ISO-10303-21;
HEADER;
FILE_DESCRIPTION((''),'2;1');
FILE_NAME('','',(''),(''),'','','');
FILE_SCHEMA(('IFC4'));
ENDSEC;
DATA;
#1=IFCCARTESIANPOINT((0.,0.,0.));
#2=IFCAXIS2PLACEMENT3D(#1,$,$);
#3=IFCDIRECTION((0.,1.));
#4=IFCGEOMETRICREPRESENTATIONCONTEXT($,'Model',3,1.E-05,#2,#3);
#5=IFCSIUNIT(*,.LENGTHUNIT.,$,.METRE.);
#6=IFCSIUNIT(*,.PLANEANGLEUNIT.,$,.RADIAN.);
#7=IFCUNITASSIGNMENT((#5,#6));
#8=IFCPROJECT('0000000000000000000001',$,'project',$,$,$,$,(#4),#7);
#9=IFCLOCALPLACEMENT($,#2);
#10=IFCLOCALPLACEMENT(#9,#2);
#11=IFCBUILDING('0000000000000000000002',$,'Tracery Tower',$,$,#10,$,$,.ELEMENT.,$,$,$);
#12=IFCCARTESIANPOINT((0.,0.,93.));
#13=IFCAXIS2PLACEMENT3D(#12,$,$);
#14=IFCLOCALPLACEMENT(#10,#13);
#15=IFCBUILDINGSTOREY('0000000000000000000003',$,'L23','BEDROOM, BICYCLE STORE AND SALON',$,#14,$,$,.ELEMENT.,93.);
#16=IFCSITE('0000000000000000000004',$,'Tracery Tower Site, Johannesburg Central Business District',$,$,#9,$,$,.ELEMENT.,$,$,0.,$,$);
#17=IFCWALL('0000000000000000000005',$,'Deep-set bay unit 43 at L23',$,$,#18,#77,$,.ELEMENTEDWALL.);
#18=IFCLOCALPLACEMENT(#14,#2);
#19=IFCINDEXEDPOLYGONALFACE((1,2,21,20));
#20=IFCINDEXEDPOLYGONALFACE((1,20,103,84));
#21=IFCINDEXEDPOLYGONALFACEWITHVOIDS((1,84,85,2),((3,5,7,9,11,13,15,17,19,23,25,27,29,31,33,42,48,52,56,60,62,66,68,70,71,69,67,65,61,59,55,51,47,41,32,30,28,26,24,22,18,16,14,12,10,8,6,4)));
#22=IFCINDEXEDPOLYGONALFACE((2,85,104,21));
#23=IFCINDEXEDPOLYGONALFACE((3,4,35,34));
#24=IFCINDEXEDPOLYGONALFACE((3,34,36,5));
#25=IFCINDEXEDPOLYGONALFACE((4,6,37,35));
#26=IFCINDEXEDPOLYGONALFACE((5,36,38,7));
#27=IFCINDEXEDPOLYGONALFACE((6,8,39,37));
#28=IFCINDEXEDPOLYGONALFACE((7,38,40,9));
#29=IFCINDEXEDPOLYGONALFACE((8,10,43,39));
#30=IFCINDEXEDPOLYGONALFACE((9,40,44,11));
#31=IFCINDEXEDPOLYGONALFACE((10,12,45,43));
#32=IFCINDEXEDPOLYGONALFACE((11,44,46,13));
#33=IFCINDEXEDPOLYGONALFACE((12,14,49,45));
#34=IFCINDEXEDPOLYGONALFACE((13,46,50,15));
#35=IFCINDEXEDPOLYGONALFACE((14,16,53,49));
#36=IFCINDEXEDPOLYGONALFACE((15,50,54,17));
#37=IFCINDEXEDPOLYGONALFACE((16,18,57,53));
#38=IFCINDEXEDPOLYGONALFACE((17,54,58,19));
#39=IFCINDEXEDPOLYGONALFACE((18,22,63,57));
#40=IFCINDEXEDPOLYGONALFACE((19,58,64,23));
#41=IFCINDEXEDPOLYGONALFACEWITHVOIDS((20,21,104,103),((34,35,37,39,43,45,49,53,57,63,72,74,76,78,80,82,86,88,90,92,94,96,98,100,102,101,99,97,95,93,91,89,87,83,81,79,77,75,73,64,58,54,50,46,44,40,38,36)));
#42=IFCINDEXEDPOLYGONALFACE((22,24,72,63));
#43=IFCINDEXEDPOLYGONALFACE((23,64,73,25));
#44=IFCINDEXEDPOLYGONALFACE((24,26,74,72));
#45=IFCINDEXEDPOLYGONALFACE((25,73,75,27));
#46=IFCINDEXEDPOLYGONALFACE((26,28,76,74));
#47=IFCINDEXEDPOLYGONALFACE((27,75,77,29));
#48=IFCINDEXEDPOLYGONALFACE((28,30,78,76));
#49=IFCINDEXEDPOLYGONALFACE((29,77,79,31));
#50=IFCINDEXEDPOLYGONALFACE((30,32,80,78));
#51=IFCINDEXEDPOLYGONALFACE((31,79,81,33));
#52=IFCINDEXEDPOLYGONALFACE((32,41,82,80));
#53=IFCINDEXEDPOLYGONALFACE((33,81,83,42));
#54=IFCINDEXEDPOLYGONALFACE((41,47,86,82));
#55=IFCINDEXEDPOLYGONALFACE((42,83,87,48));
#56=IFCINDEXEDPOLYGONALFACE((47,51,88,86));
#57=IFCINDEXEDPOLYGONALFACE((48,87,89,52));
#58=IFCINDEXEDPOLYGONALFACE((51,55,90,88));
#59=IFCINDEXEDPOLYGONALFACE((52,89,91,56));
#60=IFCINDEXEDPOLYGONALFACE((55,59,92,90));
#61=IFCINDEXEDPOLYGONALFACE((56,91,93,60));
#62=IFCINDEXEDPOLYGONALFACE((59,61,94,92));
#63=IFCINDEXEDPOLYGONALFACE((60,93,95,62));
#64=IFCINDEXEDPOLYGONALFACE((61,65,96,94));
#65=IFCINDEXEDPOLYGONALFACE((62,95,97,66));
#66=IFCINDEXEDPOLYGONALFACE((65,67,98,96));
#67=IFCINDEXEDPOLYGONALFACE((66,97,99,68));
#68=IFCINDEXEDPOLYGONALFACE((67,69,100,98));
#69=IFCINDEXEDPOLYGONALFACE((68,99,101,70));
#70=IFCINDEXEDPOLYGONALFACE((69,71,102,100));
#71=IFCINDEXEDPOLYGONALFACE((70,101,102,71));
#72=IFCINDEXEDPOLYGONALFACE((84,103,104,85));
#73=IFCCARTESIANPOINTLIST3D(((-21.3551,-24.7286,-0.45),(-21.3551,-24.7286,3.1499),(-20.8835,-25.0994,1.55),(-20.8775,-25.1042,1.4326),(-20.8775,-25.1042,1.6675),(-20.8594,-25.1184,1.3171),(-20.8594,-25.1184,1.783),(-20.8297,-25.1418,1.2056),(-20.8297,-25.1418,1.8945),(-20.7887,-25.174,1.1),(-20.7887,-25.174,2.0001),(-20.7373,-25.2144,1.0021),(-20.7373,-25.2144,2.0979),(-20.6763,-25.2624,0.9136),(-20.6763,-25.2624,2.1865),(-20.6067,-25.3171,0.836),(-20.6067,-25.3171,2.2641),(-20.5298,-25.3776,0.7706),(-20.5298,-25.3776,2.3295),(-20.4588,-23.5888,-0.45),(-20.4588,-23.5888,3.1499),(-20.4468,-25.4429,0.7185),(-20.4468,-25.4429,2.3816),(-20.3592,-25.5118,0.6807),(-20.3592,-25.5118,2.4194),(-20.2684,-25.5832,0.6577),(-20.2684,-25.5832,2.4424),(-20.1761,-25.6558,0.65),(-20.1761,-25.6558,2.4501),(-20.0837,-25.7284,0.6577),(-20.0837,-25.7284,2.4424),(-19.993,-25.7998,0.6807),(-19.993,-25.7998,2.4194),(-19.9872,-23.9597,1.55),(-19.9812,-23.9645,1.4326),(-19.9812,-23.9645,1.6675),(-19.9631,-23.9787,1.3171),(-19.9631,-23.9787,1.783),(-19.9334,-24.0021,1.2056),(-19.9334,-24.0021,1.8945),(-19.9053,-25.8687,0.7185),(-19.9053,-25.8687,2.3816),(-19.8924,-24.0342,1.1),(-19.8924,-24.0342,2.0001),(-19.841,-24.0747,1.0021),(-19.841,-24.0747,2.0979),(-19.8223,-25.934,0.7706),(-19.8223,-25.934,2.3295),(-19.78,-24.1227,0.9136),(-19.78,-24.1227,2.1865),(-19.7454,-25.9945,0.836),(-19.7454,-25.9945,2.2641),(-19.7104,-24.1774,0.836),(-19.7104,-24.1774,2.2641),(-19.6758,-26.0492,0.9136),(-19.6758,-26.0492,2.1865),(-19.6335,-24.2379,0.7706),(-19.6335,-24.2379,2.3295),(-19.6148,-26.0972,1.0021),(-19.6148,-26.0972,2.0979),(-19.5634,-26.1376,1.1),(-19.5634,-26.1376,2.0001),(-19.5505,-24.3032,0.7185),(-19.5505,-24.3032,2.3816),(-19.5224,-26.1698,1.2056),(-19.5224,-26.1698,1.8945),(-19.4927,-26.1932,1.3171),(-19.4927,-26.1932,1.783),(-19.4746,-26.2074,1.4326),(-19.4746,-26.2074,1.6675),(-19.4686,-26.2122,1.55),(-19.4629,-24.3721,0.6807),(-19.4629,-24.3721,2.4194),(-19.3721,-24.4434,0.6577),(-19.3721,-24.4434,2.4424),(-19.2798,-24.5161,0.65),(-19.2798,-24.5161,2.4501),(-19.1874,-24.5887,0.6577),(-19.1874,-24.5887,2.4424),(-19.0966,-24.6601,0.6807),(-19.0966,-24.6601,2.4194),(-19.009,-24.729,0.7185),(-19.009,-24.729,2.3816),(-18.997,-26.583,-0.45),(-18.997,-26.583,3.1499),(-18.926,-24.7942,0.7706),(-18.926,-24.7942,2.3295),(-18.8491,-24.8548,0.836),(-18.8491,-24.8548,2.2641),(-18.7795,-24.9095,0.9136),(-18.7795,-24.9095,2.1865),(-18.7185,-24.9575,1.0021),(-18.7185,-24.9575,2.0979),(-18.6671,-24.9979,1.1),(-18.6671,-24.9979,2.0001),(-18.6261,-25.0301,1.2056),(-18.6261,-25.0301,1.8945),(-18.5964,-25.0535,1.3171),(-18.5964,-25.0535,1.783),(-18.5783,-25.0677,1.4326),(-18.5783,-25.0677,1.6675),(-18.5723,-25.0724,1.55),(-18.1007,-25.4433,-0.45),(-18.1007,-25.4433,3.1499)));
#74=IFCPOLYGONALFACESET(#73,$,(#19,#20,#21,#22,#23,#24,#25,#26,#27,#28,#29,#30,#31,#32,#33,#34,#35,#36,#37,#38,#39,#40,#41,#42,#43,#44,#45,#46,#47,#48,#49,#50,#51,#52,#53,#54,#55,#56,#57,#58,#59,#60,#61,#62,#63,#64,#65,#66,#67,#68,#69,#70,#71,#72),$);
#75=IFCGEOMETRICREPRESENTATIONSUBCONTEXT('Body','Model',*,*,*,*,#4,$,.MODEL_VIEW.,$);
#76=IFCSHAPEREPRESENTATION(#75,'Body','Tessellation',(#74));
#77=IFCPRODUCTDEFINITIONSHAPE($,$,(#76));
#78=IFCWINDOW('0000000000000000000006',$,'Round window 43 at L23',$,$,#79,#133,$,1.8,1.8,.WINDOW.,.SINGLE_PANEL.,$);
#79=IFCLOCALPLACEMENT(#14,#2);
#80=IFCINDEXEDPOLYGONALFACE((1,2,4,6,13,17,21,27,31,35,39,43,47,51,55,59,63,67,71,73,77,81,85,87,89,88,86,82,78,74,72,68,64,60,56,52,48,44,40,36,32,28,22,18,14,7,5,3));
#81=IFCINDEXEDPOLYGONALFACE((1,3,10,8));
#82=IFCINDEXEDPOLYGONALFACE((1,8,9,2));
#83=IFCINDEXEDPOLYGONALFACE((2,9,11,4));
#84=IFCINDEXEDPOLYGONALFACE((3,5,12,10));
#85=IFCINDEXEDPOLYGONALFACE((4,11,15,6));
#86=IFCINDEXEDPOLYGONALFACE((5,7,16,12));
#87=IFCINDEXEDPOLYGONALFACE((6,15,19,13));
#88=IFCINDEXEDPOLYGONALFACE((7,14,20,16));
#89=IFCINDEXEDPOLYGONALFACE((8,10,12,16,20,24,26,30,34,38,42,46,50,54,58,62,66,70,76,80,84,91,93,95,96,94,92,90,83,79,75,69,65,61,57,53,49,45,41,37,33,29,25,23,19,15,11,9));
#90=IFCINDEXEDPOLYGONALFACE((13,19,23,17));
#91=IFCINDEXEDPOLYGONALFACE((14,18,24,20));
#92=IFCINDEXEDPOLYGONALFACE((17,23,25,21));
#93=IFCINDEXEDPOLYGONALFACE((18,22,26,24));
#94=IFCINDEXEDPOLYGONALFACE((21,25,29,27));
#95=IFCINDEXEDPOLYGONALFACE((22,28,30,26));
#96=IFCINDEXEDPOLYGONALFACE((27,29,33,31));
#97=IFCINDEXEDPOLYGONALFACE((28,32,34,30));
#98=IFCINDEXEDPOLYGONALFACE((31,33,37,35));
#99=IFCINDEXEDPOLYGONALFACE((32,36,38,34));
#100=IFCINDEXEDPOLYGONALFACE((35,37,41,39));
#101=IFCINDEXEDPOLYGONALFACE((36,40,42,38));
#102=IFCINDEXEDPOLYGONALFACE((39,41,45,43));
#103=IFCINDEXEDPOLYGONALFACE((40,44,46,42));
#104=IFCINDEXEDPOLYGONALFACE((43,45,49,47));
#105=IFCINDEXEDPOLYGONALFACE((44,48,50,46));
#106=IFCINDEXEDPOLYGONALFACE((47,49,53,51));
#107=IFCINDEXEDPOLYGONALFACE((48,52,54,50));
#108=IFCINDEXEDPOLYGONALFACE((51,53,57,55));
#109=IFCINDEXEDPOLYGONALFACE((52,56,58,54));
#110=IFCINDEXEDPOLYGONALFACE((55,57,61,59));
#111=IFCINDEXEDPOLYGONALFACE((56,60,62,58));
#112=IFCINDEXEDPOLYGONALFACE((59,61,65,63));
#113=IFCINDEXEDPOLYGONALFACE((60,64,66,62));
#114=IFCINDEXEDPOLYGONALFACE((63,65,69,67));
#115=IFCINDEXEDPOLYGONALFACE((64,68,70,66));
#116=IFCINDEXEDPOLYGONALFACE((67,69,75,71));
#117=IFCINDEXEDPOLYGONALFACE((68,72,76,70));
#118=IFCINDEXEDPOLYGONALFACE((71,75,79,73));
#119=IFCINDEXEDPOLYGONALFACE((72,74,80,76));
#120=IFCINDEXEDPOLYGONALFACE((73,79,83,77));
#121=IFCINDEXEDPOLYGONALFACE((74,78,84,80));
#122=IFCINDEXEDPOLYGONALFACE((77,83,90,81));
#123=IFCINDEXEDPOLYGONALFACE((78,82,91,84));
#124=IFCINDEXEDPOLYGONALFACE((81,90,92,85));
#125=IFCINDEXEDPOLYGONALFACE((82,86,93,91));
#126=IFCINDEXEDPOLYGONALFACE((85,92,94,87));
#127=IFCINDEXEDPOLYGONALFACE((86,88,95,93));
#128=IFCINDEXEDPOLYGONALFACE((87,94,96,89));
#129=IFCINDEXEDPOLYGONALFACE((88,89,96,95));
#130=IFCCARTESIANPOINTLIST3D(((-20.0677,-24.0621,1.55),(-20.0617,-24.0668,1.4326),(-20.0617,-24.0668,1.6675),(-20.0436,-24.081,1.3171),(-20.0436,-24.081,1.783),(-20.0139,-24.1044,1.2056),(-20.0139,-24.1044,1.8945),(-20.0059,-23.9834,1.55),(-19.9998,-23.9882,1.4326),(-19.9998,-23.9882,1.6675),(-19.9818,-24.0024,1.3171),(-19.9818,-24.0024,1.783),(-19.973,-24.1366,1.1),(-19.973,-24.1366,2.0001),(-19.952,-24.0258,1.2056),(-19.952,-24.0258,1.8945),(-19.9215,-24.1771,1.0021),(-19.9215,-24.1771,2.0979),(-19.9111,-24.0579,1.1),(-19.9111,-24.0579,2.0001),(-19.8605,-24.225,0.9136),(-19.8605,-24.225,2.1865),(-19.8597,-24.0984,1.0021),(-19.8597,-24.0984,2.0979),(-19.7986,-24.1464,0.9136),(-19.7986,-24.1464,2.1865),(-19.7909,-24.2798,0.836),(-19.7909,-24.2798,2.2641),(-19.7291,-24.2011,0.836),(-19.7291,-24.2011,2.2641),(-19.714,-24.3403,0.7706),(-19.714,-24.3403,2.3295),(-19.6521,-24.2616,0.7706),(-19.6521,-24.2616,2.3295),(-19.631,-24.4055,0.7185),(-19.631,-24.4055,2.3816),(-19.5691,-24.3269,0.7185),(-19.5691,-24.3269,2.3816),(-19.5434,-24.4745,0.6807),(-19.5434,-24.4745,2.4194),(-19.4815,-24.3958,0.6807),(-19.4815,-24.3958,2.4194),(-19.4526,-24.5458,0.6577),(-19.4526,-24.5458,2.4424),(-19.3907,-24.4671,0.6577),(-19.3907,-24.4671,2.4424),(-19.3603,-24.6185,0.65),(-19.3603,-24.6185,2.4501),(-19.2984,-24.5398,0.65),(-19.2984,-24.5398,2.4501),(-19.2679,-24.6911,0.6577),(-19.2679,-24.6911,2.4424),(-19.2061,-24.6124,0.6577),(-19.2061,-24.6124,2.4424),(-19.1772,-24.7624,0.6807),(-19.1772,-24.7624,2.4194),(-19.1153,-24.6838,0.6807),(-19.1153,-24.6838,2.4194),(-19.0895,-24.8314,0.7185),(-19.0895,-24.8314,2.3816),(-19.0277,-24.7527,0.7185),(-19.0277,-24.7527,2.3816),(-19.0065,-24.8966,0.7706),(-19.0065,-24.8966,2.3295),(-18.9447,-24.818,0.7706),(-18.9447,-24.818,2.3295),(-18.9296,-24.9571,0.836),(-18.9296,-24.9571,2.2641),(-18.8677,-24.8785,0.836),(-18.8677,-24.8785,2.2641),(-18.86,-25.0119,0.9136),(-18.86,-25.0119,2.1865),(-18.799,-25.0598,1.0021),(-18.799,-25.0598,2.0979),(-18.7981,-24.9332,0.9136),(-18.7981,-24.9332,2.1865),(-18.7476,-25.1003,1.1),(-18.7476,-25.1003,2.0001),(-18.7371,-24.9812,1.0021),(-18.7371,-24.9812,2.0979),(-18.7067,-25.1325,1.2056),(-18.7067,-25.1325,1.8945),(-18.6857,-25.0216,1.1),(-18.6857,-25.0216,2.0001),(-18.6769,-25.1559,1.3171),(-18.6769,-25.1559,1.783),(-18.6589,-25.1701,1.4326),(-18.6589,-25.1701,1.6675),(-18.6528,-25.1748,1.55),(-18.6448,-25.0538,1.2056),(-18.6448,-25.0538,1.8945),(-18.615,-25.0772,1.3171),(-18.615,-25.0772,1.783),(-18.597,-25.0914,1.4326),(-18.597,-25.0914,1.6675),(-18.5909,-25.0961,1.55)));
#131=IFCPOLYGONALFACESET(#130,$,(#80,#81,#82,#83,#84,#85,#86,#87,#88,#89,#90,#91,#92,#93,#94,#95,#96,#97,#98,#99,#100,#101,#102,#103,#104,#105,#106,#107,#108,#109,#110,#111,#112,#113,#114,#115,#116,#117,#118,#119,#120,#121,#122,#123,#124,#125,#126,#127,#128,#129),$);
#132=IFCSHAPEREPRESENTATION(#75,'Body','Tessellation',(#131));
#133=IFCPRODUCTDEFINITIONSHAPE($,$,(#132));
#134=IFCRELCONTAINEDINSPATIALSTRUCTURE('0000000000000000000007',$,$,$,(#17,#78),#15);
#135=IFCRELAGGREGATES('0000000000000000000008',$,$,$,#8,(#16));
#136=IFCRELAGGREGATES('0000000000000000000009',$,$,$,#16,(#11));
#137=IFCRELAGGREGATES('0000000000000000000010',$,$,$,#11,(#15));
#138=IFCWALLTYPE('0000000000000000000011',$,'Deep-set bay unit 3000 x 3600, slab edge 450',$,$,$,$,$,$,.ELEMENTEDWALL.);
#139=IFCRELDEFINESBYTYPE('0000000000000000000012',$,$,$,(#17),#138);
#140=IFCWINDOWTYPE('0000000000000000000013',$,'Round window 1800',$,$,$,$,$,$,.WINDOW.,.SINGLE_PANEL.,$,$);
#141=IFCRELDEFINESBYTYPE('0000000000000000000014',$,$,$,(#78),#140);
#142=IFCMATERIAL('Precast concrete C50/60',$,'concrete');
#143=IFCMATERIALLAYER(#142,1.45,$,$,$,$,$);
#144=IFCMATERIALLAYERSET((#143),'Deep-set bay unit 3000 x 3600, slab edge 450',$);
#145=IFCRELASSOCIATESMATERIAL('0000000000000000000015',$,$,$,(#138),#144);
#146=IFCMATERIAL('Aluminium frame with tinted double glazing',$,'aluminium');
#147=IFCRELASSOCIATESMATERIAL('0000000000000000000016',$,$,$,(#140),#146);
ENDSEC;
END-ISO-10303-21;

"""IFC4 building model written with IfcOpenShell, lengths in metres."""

from ifc_helpers import new_model, si_unit, direction, frame, frame_2d, origin, origin_2d, place, context, subcontext, project, spatial, rectangle, circle, extrude, material, layer, layer_set, type_object, element, fill, save


model = new_model("IFC4")

# Units and contexts
model_context = context("Model", 3, precision=1e-05, world=origin(), true_north=direction((0.0, 1.0)))
body_context = subcontext(model_context, "Body", "Model", "MODEL_VIEW")
ifc_project = project(units=[si_unit("LENGTHUNIT", "METRE"), si_unit("PLANEANGLEUNIT", "RADIAN")], contexts=[model_context])

# Site, building, storey
site_placement = place(None, origin())
site = spatial("IfcSite", under=ifc_project, at=site_placement, Name="Tracery Tower Site, Johannesburg Central Business District", CompositionType="ELEMENT", RefElevation=0.0)
building_placement = place(site_placement, origin())
building = spatial("IfcBuilding", under=site, at=building_placement, Name="Tracery Tower", CompositionType="ELEMENT")
storey_placement = place(building_placement, frame((0.0, 0.0, 93.0)))
storey = spatial("IfcBuildingStorey", under=building, at=storey_placement, Name="L23", Description="BEDROOM, BICYCLE STORE AND SALON", CompositionType="ELEMENT", Elevation=93.0)

# Wall, opening, window
ifc_material_1 = material(Name="Precast concrete C50/60", Category="concrete")
ifc_layer_1 = layer(ifc_material_1, 1.45)
ifc_layer_set_1 = layer_set([ifc_layer_1], Name="Deep-set bay unit 3000 x 3600, slab edge 450")
wall_type_1 = type_object("IfcWallType", Name="Deep-set bay unit 3000 x 3600, slab edge 450", PredefinedType="ELEMENTEDWALL", material=ifc_layer_set_1)
ifc_material_2 = material(Name="Aluminium frame with tinted double glazing", Category="aluminium")
window_type = type_object("IfcWindowType", Name="Round window 1800", PartitioningType="SINGLE_PANEL", PredefinedType="WINDOW", material=ifc_material_2)
wall_1_placement = place(storey_placement, frame((-20.907, -24.1587, -0.45), z_axis=(0.0, 0.0, 1.0), x_axis=(0.78605, -0.618163, 0.0)))
wall_1 = element("IfcWall", 1, at=wall_1_placement, inside=storey, type_object=wall_type_1, Name="Deep-set bay unit 43 at L23", PredefinedType="ELEMENTEDWALL", context=body_context, shape_type="SweptSolid", body=[
    extrude(rectangle(XDim=3.0, YDim=1.45, at=frame_2d((1.5, 0.0))), origin(), (0.0, 0.0, 1.0), 3.5999),
])
opening_1_placement = place(wall_1_placement, frame((1.5, 0.0, 2.0)))
opening_1 = element("IfcOpeningElement", 2, at=opening_1_placement, cuts=wall_1, PredefinedType="OPENING", context=body_context, shape_type="SweptSolid", body=[
    extrude(circle(Radius=0.9, at=origin_2d()), frame((0.0, 0.7349, 0.0), z_axis=(0.0, -1.0, 0.0), x_axis=(1.0, 0.0, 0.0)), (0.0, 0.0, 1.0), 1.47),
])
window_1_placement = place(opening_1_placement, origin())
window_1 = element("IfcWindow", 3, at=window_1_placement, inside=storey, type_object=window_type, Name="Round window 43 at L23", OverallHeight=1.8, OverallWidth=1.8, PartitioningType="SINGLE_PANEL", PredefinedType="WINDOW", context=body_context, shape_type="SweptSolid", body=[
    extrude(circle(Radius=0.9, at=origin_2d()), frame((0.0, 0.6948, 0.0), z_axis=(0.0, -1.0, 0.0), x_axis=(1.0, 0.0, 0.0)), (0.0, 0.0, 1.0), 0.1001),
])
fill(opening_1, window_1)

save(model, "model.ifc")
